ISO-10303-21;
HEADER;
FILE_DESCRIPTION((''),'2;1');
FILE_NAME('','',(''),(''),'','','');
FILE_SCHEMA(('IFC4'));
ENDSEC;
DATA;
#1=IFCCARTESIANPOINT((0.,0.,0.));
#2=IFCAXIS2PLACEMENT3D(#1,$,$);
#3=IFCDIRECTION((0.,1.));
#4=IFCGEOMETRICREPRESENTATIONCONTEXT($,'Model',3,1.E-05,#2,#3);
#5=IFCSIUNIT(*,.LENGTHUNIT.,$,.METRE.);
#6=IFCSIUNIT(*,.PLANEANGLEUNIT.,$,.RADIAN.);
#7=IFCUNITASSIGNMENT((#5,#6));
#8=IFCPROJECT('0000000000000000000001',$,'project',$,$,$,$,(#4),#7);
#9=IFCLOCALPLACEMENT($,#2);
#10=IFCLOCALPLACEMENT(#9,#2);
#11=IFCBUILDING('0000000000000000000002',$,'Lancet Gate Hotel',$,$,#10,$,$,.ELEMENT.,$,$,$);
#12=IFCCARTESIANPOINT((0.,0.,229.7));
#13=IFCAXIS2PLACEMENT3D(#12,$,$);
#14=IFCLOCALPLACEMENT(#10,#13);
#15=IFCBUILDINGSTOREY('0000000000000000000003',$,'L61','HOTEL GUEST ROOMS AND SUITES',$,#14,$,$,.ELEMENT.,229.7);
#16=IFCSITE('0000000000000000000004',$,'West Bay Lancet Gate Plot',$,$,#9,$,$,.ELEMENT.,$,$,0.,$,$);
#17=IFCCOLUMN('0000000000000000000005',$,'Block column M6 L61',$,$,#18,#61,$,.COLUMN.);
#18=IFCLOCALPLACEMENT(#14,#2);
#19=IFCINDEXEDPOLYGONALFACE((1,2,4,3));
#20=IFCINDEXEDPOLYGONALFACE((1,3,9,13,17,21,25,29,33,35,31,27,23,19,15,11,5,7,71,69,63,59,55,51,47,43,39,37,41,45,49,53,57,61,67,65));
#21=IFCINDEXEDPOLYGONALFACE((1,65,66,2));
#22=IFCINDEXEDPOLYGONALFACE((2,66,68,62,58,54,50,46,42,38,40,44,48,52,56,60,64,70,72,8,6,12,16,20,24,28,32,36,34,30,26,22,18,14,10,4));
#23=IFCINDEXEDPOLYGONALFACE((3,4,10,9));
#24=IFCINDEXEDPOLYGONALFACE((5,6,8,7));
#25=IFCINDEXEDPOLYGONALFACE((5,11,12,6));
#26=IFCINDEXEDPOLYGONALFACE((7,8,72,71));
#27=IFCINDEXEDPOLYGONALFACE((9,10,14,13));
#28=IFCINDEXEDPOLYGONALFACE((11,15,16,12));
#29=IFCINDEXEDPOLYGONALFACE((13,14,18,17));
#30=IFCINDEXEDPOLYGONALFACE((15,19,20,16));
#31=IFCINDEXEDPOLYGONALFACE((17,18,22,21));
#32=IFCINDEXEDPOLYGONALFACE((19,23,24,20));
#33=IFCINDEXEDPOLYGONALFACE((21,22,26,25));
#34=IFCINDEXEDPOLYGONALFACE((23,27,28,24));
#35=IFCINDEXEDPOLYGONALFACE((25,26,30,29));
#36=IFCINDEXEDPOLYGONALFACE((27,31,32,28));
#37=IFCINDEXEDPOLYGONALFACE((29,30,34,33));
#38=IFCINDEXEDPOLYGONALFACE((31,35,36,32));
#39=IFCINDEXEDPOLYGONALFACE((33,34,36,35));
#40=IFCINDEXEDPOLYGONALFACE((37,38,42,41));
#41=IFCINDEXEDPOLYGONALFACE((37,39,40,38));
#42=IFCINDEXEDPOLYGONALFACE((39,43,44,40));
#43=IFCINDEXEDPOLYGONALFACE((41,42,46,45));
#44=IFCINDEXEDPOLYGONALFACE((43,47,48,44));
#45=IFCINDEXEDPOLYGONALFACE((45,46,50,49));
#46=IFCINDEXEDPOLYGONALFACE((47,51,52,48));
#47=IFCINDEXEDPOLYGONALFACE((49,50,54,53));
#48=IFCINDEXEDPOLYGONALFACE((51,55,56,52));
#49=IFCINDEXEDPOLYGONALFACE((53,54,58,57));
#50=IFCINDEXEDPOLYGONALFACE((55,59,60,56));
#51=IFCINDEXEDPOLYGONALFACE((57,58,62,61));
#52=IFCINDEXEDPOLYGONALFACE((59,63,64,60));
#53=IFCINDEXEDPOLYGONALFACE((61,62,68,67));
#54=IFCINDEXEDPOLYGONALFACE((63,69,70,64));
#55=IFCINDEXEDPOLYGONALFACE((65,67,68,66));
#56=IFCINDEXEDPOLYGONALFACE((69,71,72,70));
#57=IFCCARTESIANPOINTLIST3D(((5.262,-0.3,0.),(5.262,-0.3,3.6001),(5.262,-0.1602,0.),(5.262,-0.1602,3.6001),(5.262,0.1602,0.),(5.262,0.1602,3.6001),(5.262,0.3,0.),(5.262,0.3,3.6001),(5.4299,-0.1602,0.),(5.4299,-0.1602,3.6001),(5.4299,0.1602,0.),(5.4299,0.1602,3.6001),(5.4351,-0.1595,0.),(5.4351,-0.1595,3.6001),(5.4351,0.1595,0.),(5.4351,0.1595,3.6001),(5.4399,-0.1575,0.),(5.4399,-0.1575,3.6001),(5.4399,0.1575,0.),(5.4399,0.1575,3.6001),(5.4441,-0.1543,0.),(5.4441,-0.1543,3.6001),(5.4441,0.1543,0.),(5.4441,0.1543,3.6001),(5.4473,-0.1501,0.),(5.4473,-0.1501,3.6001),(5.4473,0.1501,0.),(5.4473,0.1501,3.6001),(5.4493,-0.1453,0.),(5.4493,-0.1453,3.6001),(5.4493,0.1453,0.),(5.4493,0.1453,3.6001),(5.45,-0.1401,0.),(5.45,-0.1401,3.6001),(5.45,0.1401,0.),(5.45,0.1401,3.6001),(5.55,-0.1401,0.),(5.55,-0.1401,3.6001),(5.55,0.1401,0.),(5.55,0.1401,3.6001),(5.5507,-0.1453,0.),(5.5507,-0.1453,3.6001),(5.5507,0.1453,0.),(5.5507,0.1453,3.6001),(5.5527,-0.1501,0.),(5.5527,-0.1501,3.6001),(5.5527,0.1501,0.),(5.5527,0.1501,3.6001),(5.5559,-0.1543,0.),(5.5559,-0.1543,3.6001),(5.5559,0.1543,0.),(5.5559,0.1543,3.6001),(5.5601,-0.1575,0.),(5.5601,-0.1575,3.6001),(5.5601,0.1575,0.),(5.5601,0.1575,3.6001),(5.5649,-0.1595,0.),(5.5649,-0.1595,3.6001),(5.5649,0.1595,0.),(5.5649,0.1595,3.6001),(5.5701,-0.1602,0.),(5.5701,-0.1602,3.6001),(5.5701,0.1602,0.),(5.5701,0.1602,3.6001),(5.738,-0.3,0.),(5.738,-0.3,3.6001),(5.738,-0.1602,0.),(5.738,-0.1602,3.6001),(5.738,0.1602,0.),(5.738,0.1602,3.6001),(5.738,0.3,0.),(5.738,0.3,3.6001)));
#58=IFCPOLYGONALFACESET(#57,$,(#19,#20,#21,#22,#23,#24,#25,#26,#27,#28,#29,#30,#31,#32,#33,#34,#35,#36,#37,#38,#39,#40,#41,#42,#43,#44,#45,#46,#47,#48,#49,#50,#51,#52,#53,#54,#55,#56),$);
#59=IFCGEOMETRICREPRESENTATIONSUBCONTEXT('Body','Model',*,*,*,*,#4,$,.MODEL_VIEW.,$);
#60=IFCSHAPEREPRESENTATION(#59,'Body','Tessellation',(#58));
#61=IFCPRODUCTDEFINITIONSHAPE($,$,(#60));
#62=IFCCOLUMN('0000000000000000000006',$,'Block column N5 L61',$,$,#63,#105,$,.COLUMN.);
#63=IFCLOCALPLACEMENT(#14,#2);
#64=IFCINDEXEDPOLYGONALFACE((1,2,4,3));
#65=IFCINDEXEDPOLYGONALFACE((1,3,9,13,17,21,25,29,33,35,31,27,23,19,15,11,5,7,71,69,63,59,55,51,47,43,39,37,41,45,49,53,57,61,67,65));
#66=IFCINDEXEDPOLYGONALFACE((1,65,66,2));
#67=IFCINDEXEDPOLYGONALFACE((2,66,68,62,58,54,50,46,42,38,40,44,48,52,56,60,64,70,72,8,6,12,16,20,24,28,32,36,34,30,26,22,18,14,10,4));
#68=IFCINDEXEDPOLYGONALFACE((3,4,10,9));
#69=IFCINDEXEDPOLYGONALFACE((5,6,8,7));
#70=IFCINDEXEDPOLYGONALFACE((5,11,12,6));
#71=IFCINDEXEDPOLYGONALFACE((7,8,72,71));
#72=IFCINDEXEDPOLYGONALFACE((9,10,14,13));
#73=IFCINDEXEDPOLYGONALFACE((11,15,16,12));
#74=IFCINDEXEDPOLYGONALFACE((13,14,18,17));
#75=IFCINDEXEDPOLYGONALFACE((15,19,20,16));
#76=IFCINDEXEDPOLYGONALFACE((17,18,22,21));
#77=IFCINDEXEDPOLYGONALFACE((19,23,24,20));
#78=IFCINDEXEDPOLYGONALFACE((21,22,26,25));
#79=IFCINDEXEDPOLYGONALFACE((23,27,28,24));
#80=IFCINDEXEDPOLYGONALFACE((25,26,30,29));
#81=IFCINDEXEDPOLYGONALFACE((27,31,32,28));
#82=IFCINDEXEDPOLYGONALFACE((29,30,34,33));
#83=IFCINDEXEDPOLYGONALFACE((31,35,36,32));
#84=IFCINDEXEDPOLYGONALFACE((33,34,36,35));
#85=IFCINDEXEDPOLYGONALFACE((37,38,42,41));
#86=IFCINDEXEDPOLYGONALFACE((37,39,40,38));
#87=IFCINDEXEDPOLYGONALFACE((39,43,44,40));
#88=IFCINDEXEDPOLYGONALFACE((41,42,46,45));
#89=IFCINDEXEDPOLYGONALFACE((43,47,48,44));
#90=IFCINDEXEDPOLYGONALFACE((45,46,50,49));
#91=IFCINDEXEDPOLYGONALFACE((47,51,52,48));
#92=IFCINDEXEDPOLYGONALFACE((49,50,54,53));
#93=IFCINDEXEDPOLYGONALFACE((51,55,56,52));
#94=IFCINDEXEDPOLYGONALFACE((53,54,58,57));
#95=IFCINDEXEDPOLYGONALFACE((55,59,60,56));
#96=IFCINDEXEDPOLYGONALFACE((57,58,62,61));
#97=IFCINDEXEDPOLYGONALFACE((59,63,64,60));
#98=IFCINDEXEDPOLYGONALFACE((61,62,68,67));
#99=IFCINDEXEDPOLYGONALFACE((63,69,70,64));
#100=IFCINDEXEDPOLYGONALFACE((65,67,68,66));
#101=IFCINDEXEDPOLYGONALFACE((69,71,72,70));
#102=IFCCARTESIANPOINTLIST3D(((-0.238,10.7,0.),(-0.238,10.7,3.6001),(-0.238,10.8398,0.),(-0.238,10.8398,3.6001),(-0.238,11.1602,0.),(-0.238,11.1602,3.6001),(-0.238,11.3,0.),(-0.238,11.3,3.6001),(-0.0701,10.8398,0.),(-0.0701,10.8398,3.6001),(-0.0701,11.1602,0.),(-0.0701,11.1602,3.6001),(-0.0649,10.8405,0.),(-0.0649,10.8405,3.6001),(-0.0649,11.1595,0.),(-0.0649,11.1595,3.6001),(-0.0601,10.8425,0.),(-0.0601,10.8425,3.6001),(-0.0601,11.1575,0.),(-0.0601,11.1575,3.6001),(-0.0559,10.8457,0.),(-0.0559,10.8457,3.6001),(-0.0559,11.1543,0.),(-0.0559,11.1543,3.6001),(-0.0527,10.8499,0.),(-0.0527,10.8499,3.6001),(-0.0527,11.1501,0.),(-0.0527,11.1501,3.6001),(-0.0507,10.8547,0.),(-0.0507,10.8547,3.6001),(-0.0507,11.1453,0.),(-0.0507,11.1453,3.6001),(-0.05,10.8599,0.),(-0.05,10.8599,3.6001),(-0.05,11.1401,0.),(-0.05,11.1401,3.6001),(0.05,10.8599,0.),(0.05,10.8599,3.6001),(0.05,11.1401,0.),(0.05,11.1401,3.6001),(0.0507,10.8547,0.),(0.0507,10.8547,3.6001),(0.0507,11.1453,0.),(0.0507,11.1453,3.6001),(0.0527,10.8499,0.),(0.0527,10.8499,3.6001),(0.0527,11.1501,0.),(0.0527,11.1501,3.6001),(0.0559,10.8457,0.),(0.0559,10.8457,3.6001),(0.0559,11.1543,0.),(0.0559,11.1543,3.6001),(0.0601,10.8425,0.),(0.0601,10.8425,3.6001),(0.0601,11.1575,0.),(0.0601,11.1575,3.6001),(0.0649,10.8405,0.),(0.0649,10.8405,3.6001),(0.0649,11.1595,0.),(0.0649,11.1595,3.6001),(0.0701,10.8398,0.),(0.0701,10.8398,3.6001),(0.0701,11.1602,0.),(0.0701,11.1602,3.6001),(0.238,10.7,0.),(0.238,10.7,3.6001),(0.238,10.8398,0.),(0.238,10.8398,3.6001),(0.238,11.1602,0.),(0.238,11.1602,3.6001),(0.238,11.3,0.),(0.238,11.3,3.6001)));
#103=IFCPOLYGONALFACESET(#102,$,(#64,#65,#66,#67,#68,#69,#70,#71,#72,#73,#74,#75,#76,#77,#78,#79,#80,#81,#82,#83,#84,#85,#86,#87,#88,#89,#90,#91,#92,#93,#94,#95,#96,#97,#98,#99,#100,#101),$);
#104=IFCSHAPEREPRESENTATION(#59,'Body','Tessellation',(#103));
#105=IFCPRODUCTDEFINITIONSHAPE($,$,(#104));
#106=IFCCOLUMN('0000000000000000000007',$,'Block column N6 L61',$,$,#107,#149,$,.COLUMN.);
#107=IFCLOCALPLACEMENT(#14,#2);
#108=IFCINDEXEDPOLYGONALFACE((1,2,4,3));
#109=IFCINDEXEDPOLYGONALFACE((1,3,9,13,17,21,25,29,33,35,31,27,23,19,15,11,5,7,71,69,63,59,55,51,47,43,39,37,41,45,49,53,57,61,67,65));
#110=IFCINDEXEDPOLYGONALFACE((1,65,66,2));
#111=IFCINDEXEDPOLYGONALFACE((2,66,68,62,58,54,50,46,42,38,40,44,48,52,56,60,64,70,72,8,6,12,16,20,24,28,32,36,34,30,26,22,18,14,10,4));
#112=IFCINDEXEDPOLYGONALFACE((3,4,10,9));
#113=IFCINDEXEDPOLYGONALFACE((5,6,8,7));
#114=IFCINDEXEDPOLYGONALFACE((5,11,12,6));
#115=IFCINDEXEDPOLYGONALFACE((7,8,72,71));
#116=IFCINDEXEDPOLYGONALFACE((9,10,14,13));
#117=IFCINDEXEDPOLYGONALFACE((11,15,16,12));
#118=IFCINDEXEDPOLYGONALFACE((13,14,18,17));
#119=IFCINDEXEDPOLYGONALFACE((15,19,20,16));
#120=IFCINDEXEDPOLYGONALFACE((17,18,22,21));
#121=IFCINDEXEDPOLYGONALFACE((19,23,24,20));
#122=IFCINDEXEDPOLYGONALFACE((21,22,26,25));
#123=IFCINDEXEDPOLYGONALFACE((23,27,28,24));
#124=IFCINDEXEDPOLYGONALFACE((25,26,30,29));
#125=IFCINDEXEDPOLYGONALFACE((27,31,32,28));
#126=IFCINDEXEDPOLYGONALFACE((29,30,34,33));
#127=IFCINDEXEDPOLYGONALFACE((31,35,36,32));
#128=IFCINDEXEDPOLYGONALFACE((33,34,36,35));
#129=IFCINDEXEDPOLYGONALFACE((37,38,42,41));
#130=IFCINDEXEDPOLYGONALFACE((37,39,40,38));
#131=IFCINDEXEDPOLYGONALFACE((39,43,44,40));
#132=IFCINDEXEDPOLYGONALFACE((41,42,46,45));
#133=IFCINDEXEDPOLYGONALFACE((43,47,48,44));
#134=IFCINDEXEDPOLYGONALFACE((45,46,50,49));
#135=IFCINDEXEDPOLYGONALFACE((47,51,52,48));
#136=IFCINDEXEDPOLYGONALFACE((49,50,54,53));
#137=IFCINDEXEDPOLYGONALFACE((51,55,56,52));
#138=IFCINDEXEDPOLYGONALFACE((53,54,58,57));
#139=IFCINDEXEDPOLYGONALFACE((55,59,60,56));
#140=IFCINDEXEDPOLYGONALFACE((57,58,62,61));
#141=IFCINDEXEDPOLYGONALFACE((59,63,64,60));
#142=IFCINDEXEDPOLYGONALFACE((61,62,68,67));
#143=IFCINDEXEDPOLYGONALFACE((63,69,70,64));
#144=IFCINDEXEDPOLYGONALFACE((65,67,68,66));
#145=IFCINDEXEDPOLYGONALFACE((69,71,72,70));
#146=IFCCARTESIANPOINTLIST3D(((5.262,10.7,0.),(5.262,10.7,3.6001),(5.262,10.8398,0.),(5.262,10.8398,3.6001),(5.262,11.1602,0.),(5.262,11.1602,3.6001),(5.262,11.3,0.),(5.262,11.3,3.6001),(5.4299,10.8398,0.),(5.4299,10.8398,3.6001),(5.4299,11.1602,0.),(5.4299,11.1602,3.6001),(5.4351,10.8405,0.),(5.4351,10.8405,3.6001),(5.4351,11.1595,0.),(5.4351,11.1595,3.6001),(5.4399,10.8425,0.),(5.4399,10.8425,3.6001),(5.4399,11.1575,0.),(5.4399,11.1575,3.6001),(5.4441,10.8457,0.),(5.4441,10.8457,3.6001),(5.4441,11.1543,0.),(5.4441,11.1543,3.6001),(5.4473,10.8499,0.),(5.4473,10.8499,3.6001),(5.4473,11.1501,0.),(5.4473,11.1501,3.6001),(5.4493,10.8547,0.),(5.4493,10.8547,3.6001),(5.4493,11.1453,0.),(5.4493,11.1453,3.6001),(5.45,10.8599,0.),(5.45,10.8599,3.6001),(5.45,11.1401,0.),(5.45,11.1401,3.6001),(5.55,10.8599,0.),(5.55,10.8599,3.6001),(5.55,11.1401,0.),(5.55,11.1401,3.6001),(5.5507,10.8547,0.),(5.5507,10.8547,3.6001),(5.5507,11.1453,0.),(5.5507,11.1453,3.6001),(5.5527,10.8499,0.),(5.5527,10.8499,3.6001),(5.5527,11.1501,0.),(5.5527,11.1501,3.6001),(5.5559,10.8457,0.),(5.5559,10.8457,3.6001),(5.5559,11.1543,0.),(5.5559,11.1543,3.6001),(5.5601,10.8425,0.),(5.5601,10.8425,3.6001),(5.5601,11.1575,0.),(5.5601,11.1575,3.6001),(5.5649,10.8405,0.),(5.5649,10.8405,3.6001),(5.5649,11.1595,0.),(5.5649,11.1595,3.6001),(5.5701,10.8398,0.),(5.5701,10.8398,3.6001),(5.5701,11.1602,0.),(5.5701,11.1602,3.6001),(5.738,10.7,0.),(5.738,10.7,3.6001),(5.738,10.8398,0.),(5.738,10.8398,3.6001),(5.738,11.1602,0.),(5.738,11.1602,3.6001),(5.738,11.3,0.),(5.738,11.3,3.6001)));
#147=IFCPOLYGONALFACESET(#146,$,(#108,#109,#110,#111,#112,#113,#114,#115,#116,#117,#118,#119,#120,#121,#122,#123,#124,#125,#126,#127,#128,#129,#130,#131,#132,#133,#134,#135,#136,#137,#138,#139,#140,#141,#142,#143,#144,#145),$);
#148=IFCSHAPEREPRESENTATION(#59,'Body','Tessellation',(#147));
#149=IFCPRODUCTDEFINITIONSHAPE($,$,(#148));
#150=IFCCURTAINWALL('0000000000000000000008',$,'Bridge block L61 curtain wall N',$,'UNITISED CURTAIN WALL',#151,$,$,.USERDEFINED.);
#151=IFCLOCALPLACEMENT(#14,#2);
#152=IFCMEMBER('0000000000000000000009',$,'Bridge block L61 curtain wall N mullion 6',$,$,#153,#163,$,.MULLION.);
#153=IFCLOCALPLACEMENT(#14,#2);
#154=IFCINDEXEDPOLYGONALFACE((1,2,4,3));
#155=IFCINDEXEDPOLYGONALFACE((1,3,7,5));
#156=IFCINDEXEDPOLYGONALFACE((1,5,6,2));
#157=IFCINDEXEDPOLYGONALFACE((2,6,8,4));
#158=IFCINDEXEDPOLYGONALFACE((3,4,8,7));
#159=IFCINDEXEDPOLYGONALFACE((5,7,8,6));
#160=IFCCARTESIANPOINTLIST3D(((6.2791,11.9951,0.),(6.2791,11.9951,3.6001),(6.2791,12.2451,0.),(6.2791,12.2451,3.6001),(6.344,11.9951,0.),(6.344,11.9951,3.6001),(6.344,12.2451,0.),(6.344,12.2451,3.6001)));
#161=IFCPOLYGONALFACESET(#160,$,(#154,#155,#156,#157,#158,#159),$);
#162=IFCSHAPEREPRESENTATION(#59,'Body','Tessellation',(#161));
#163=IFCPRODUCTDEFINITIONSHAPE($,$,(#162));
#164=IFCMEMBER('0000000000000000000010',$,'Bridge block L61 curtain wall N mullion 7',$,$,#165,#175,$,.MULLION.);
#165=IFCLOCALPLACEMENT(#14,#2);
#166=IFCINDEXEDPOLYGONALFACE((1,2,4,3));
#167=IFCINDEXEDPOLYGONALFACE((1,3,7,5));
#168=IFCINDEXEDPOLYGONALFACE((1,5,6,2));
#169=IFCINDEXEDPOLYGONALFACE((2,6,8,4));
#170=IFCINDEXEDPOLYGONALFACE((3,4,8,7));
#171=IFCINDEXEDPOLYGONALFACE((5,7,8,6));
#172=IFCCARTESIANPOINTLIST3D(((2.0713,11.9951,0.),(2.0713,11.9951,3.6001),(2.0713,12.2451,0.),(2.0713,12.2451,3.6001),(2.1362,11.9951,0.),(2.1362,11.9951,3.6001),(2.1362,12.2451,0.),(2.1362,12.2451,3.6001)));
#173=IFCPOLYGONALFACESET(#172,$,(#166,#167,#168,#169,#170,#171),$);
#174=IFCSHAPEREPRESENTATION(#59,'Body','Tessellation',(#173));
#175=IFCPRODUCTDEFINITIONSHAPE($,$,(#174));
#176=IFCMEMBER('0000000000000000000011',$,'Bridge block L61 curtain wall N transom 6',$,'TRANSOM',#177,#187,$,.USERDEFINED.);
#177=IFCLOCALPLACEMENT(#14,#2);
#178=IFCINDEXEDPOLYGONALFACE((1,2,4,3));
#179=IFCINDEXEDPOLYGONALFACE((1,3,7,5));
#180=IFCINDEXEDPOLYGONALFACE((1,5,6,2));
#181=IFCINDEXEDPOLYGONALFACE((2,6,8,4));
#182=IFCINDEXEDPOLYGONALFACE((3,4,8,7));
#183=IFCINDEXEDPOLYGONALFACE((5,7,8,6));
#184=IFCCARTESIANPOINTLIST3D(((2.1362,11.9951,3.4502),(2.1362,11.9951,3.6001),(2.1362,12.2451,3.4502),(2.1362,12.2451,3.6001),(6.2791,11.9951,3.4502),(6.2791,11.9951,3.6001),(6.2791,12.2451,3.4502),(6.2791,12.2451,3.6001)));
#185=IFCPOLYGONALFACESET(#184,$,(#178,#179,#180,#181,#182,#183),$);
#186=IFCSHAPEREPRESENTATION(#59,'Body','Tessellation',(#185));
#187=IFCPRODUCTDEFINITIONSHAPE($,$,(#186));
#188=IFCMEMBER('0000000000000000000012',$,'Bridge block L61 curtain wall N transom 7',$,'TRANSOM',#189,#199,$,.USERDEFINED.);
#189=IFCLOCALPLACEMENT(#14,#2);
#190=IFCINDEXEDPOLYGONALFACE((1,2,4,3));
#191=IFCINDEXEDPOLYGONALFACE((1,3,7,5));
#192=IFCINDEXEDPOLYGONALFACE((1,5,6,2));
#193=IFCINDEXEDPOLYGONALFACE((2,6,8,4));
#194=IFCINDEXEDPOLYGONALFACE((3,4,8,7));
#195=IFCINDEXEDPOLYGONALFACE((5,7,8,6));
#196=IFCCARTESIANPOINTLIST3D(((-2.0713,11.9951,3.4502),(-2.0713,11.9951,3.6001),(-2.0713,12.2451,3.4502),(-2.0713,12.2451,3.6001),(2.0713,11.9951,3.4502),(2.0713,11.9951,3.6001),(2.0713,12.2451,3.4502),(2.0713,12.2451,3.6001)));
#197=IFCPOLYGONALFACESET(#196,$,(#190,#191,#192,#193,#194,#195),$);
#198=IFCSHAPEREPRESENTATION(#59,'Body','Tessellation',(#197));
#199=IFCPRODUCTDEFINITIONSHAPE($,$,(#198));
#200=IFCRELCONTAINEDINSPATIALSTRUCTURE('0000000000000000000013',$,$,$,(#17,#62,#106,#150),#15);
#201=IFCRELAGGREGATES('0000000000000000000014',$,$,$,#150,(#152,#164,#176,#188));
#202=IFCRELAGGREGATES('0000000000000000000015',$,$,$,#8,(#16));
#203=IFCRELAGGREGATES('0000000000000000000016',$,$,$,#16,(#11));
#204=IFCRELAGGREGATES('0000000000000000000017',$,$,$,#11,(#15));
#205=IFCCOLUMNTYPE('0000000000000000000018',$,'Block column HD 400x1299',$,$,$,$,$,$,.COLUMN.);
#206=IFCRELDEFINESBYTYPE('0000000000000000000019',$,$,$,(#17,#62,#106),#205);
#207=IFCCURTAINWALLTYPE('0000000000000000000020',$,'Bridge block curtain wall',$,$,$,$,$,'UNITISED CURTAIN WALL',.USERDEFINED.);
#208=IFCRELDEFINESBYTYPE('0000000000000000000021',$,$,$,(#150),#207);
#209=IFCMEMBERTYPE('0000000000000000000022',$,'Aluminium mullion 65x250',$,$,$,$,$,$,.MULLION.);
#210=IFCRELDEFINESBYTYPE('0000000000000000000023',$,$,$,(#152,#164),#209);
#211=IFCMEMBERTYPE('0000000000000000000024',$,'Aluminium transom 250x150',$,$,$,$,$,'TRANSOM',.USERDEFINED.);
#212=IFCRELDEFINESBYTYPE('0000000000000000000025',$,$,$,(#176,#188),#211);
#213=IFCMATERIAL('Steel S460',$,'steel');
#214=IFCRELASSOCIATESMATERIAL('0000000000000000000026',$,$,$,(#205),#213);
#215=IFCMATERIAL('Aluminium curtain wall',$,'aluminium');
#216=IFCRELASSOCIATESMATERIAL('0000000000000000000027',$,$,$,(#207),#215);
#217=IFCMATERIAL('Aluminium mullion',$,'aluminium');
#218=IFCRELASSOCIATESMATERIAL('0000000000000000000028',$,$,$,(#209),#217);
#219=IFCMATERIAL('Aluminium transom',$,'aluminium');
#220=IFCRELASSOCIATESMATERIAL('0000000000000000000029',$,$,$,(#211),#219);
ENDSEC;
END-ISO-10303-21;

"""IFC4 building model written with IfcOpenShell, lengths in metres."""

from ifc_helpers import new_model, si_unit, direction, frame, origin, origin_2d, place, context, subcontext, project, spatial, rectangle, i_section, extrude, material, material_profile, profile_set, type_object, element, aggregate, save


model = new_model("IFC4")

# Units and contexts
model_context = context("Model", 3, precision=1e-05, world=origin(), true_north=direction((0.0, 1.0)))
body_context = subcontext(model_context, "Body", "Model", "MODEL_VIEW")
ifc_project = project(units=[si_unit("LENGTHUNIT", "METRE"), si_unit("PLANEANGLEUNIT", "RADIAN")], contexts=[model_context])

# Site, building, storey
site_placement = place(None, origin())
site = spatial("IfcSite", under=ifc_project, at=site_placement, Name="West Bay Lancet Gate Plot", CompositionType="ELEMENT", RefElevation=0.0)
building_placement = place(site_placement, origin())
building = spatial("IfcBuilding", under=site, at=building_placement, Name="Lancet Gate Hotel", CompositionType="ELEMENT")
storey_placement = place(building_placement, frame((0.0, 0.0, 229.7)))
storey = spatial("IfcBuildingStorey", under=building, at=storey_placement, Name="L61", Description="HOTEL GUEST ROOMS AND SUITES", CompositionType="ELEMENT", Elevation=229.7)

# Columns
ifc_material_1 = material(Name="Steel S460", Category="steel")
ifc_material_profile_1 = material_profile(ifc_material_1, i_section(OverallWidth=0.4761, OverallDepth=0.6001, WebThickness=0.1001, FlangeThickness=0.1399, FilletRadius=0.02, at=origin_2d()), Name="HD 400x1299")
ifc_profile_set_1 = profile_set([ifc_material_profile_1], Name="Steel S460")
column_type = type_object("IfcColumnType", Name="Block column HD 400x1299", PredefinedType="COLUMN", material=ifc_profile_set_1)
for number, where, z_axis, x_axis, name in (
    (1, (5.5, 0.0, 0.0), (0.0, 0.0, 1.0), (1.0, 0.0, 0.0), "Block column M6 L61"),
    (2, (0.0, 11.0, 0.0), (0.0, 0.0, 1.0), (1.0, 0.0, 0.0), "Block column N5 L61"),
    (3, (5.5, 11.0, 0.0), (0.0, 0.0, 1.0), (1.0, 0.0, 0.0), "Block column N6 L61"),
):
    element("IfcColumn", number, at=place(storey_placement, frame(where, z_axis=z_axis, x_axis=x_axis)), inside=storey, type_object=column_type, Name=name, PredefinedType="COLUMN", context=body_context, shape_type="SweptSolid", body=[
        extrude(i_section(OverallWidth=0.4761, OverallDepth=0.6001, WebThickness=0.1001, FlangeThickness=0.1399, FilletRadius=0.02, at=origin_2d()), origin(), (0.0, 0.0, 1.0), 3.6001),
    ])

# Curtain wall, members
ifc_material_2 = material(Name="Aluminium curtain wall", Category="aluminium")
curtain_wall_type = type_object("IfcCurtainWallType", Name="Bridge block curtain wall", ElementType="UNITISED CURTAIN WALL", PredefinedType="USERDEFINED", material=ifc_material_2)
curtain_wall_placement = place(storey_placement, origin())
curtain_wall = element("IfcCurtainWall", 4, at=curtain_wall_placement, inside=storey, type_object=curtain_wall_type, Name="Bridge block L61 curtain wall N", ObjectType="UNITISED CURTAIN WALL", PredefinedType="USERDEFINED")
ifc_material_3 = material(Name="Aluminium mullion", Category="aluminium")
ifc_material_profile_2 = material_profile(ifc_material_3, rectangle(XDim=0.0649, YDim=0.25, at=origin_2d()), Name="MULLION 65x250")
ifc_profile_set_2 = profile_set([ifc_material_profile_2], Name="Aluminium mullion")
member_type_1 = type_object("IfcMemberType", Name="Aluminium mullion 65x250", PredefinedType="MULLION", material=ifc_profile_set_2)
member_1_placement = place(storey_placement, frame((6.3115, 12.1201, 0.0), z_axis=(0.0, 0.0, 1.0), x_axis=(-1.0, 0.0, 0.0)))
member_1 = element("IfcMember", 5, at=member_1_placement, type_object=member_type_1, Name="Bridge block L61 curtain wall N mullion 6", PredefinedType="MULLION", context=body_context, shape_type="SweptSolid", body=[
    extrude(rectangle(XDim=0.0649, YDim=0.25, at=origin_2d()), origin(), (0.0, 0.0, 1.0), 3.6001),
])
member_2_placement = place(storey_placement, frame((2.1038, 12.1201, 0.0), z_axis=(0.0, 0.0, 1.0), x_axis=(-1.0, 0.0, 0.0)))
member_2 = element("IfcMember", 6, at=member_2_placement, type_object=member_type_1, Name="Bridge block L61 curtain wall N mullion 7", PredefinedType="MULLION", context=body_context, shape_type="SweptSolid", body=[
    extrude(rectangle(XDim=0.0649, YDim=0.25, at=origin_2d()), origin(), (0.0, 0.0, 1.0), 3.6001),
])
ifc_material_4 = material(Name="Aluminium transom", Category="aluminium")
ifc_material_profile_3 = material_profile(ifc_material_4, rectangle(XDim=0.25, YDim=0.1499, at=origin_2d()), Name="TRANSOM 250x150")
ifc_profile_set_3 = profile_set([ifc_material_profile_3], Name="Aluminium transom")
member_type_2 = type_object("IfcMemberType", Name="Aluminium transom 250x150", ElementType="TRANSOM", PredefinedType="USERDEFINED", material=ifc_profile_set_3)
member_3_placement = place(storey_placement, frame((6.2791, 12.1201, 3.5251), z_axis=(-1.0, 0.0, 0.0), x_axis=(0.0, -1.0, 0.0)))
member_3 = element("IfcMember", 7, at=member_3_placement, type_object=member_type_2, Name="Bridge block L61 curtain wall N transom 6", ObjectType="TRANSOM", PredefinedType="USERDEFINED", context=body_context, shape_type="SweptSolid", body=[
    extrude(rectangle(XDim=0.25, YDim=0.1499, at=origin_2d()), origin(), (0.0, 0.0, 1.0), 4.1428),
])
member_4_placement = place(storey_placement, frame((2.0713, 12.1201, 3.5251), z_axis=(-1.0, 0.0, 0.0), x_axis=(0.0, -1.0, 0.0)))
member_4 = element("IfcMember", 8, at=member_4_placement, type_object=member_type_2, Name="Bridge block L61 curtain wall N transom 7", ObjectType="TRANSOM", PredefinedType="USERDEFINED", context=body_context, shape_type="SweptSolid", body=[
    extrude(rectangle(XDim=0.25, YDim=0.1499, at=origin_2d()), origin(), (0.0, 0.0, 1.0), 4.1426),
])

aggregate(curtain_wall, [member_1, member_2, member_3, member_4])

save(model, "model.ifc")
